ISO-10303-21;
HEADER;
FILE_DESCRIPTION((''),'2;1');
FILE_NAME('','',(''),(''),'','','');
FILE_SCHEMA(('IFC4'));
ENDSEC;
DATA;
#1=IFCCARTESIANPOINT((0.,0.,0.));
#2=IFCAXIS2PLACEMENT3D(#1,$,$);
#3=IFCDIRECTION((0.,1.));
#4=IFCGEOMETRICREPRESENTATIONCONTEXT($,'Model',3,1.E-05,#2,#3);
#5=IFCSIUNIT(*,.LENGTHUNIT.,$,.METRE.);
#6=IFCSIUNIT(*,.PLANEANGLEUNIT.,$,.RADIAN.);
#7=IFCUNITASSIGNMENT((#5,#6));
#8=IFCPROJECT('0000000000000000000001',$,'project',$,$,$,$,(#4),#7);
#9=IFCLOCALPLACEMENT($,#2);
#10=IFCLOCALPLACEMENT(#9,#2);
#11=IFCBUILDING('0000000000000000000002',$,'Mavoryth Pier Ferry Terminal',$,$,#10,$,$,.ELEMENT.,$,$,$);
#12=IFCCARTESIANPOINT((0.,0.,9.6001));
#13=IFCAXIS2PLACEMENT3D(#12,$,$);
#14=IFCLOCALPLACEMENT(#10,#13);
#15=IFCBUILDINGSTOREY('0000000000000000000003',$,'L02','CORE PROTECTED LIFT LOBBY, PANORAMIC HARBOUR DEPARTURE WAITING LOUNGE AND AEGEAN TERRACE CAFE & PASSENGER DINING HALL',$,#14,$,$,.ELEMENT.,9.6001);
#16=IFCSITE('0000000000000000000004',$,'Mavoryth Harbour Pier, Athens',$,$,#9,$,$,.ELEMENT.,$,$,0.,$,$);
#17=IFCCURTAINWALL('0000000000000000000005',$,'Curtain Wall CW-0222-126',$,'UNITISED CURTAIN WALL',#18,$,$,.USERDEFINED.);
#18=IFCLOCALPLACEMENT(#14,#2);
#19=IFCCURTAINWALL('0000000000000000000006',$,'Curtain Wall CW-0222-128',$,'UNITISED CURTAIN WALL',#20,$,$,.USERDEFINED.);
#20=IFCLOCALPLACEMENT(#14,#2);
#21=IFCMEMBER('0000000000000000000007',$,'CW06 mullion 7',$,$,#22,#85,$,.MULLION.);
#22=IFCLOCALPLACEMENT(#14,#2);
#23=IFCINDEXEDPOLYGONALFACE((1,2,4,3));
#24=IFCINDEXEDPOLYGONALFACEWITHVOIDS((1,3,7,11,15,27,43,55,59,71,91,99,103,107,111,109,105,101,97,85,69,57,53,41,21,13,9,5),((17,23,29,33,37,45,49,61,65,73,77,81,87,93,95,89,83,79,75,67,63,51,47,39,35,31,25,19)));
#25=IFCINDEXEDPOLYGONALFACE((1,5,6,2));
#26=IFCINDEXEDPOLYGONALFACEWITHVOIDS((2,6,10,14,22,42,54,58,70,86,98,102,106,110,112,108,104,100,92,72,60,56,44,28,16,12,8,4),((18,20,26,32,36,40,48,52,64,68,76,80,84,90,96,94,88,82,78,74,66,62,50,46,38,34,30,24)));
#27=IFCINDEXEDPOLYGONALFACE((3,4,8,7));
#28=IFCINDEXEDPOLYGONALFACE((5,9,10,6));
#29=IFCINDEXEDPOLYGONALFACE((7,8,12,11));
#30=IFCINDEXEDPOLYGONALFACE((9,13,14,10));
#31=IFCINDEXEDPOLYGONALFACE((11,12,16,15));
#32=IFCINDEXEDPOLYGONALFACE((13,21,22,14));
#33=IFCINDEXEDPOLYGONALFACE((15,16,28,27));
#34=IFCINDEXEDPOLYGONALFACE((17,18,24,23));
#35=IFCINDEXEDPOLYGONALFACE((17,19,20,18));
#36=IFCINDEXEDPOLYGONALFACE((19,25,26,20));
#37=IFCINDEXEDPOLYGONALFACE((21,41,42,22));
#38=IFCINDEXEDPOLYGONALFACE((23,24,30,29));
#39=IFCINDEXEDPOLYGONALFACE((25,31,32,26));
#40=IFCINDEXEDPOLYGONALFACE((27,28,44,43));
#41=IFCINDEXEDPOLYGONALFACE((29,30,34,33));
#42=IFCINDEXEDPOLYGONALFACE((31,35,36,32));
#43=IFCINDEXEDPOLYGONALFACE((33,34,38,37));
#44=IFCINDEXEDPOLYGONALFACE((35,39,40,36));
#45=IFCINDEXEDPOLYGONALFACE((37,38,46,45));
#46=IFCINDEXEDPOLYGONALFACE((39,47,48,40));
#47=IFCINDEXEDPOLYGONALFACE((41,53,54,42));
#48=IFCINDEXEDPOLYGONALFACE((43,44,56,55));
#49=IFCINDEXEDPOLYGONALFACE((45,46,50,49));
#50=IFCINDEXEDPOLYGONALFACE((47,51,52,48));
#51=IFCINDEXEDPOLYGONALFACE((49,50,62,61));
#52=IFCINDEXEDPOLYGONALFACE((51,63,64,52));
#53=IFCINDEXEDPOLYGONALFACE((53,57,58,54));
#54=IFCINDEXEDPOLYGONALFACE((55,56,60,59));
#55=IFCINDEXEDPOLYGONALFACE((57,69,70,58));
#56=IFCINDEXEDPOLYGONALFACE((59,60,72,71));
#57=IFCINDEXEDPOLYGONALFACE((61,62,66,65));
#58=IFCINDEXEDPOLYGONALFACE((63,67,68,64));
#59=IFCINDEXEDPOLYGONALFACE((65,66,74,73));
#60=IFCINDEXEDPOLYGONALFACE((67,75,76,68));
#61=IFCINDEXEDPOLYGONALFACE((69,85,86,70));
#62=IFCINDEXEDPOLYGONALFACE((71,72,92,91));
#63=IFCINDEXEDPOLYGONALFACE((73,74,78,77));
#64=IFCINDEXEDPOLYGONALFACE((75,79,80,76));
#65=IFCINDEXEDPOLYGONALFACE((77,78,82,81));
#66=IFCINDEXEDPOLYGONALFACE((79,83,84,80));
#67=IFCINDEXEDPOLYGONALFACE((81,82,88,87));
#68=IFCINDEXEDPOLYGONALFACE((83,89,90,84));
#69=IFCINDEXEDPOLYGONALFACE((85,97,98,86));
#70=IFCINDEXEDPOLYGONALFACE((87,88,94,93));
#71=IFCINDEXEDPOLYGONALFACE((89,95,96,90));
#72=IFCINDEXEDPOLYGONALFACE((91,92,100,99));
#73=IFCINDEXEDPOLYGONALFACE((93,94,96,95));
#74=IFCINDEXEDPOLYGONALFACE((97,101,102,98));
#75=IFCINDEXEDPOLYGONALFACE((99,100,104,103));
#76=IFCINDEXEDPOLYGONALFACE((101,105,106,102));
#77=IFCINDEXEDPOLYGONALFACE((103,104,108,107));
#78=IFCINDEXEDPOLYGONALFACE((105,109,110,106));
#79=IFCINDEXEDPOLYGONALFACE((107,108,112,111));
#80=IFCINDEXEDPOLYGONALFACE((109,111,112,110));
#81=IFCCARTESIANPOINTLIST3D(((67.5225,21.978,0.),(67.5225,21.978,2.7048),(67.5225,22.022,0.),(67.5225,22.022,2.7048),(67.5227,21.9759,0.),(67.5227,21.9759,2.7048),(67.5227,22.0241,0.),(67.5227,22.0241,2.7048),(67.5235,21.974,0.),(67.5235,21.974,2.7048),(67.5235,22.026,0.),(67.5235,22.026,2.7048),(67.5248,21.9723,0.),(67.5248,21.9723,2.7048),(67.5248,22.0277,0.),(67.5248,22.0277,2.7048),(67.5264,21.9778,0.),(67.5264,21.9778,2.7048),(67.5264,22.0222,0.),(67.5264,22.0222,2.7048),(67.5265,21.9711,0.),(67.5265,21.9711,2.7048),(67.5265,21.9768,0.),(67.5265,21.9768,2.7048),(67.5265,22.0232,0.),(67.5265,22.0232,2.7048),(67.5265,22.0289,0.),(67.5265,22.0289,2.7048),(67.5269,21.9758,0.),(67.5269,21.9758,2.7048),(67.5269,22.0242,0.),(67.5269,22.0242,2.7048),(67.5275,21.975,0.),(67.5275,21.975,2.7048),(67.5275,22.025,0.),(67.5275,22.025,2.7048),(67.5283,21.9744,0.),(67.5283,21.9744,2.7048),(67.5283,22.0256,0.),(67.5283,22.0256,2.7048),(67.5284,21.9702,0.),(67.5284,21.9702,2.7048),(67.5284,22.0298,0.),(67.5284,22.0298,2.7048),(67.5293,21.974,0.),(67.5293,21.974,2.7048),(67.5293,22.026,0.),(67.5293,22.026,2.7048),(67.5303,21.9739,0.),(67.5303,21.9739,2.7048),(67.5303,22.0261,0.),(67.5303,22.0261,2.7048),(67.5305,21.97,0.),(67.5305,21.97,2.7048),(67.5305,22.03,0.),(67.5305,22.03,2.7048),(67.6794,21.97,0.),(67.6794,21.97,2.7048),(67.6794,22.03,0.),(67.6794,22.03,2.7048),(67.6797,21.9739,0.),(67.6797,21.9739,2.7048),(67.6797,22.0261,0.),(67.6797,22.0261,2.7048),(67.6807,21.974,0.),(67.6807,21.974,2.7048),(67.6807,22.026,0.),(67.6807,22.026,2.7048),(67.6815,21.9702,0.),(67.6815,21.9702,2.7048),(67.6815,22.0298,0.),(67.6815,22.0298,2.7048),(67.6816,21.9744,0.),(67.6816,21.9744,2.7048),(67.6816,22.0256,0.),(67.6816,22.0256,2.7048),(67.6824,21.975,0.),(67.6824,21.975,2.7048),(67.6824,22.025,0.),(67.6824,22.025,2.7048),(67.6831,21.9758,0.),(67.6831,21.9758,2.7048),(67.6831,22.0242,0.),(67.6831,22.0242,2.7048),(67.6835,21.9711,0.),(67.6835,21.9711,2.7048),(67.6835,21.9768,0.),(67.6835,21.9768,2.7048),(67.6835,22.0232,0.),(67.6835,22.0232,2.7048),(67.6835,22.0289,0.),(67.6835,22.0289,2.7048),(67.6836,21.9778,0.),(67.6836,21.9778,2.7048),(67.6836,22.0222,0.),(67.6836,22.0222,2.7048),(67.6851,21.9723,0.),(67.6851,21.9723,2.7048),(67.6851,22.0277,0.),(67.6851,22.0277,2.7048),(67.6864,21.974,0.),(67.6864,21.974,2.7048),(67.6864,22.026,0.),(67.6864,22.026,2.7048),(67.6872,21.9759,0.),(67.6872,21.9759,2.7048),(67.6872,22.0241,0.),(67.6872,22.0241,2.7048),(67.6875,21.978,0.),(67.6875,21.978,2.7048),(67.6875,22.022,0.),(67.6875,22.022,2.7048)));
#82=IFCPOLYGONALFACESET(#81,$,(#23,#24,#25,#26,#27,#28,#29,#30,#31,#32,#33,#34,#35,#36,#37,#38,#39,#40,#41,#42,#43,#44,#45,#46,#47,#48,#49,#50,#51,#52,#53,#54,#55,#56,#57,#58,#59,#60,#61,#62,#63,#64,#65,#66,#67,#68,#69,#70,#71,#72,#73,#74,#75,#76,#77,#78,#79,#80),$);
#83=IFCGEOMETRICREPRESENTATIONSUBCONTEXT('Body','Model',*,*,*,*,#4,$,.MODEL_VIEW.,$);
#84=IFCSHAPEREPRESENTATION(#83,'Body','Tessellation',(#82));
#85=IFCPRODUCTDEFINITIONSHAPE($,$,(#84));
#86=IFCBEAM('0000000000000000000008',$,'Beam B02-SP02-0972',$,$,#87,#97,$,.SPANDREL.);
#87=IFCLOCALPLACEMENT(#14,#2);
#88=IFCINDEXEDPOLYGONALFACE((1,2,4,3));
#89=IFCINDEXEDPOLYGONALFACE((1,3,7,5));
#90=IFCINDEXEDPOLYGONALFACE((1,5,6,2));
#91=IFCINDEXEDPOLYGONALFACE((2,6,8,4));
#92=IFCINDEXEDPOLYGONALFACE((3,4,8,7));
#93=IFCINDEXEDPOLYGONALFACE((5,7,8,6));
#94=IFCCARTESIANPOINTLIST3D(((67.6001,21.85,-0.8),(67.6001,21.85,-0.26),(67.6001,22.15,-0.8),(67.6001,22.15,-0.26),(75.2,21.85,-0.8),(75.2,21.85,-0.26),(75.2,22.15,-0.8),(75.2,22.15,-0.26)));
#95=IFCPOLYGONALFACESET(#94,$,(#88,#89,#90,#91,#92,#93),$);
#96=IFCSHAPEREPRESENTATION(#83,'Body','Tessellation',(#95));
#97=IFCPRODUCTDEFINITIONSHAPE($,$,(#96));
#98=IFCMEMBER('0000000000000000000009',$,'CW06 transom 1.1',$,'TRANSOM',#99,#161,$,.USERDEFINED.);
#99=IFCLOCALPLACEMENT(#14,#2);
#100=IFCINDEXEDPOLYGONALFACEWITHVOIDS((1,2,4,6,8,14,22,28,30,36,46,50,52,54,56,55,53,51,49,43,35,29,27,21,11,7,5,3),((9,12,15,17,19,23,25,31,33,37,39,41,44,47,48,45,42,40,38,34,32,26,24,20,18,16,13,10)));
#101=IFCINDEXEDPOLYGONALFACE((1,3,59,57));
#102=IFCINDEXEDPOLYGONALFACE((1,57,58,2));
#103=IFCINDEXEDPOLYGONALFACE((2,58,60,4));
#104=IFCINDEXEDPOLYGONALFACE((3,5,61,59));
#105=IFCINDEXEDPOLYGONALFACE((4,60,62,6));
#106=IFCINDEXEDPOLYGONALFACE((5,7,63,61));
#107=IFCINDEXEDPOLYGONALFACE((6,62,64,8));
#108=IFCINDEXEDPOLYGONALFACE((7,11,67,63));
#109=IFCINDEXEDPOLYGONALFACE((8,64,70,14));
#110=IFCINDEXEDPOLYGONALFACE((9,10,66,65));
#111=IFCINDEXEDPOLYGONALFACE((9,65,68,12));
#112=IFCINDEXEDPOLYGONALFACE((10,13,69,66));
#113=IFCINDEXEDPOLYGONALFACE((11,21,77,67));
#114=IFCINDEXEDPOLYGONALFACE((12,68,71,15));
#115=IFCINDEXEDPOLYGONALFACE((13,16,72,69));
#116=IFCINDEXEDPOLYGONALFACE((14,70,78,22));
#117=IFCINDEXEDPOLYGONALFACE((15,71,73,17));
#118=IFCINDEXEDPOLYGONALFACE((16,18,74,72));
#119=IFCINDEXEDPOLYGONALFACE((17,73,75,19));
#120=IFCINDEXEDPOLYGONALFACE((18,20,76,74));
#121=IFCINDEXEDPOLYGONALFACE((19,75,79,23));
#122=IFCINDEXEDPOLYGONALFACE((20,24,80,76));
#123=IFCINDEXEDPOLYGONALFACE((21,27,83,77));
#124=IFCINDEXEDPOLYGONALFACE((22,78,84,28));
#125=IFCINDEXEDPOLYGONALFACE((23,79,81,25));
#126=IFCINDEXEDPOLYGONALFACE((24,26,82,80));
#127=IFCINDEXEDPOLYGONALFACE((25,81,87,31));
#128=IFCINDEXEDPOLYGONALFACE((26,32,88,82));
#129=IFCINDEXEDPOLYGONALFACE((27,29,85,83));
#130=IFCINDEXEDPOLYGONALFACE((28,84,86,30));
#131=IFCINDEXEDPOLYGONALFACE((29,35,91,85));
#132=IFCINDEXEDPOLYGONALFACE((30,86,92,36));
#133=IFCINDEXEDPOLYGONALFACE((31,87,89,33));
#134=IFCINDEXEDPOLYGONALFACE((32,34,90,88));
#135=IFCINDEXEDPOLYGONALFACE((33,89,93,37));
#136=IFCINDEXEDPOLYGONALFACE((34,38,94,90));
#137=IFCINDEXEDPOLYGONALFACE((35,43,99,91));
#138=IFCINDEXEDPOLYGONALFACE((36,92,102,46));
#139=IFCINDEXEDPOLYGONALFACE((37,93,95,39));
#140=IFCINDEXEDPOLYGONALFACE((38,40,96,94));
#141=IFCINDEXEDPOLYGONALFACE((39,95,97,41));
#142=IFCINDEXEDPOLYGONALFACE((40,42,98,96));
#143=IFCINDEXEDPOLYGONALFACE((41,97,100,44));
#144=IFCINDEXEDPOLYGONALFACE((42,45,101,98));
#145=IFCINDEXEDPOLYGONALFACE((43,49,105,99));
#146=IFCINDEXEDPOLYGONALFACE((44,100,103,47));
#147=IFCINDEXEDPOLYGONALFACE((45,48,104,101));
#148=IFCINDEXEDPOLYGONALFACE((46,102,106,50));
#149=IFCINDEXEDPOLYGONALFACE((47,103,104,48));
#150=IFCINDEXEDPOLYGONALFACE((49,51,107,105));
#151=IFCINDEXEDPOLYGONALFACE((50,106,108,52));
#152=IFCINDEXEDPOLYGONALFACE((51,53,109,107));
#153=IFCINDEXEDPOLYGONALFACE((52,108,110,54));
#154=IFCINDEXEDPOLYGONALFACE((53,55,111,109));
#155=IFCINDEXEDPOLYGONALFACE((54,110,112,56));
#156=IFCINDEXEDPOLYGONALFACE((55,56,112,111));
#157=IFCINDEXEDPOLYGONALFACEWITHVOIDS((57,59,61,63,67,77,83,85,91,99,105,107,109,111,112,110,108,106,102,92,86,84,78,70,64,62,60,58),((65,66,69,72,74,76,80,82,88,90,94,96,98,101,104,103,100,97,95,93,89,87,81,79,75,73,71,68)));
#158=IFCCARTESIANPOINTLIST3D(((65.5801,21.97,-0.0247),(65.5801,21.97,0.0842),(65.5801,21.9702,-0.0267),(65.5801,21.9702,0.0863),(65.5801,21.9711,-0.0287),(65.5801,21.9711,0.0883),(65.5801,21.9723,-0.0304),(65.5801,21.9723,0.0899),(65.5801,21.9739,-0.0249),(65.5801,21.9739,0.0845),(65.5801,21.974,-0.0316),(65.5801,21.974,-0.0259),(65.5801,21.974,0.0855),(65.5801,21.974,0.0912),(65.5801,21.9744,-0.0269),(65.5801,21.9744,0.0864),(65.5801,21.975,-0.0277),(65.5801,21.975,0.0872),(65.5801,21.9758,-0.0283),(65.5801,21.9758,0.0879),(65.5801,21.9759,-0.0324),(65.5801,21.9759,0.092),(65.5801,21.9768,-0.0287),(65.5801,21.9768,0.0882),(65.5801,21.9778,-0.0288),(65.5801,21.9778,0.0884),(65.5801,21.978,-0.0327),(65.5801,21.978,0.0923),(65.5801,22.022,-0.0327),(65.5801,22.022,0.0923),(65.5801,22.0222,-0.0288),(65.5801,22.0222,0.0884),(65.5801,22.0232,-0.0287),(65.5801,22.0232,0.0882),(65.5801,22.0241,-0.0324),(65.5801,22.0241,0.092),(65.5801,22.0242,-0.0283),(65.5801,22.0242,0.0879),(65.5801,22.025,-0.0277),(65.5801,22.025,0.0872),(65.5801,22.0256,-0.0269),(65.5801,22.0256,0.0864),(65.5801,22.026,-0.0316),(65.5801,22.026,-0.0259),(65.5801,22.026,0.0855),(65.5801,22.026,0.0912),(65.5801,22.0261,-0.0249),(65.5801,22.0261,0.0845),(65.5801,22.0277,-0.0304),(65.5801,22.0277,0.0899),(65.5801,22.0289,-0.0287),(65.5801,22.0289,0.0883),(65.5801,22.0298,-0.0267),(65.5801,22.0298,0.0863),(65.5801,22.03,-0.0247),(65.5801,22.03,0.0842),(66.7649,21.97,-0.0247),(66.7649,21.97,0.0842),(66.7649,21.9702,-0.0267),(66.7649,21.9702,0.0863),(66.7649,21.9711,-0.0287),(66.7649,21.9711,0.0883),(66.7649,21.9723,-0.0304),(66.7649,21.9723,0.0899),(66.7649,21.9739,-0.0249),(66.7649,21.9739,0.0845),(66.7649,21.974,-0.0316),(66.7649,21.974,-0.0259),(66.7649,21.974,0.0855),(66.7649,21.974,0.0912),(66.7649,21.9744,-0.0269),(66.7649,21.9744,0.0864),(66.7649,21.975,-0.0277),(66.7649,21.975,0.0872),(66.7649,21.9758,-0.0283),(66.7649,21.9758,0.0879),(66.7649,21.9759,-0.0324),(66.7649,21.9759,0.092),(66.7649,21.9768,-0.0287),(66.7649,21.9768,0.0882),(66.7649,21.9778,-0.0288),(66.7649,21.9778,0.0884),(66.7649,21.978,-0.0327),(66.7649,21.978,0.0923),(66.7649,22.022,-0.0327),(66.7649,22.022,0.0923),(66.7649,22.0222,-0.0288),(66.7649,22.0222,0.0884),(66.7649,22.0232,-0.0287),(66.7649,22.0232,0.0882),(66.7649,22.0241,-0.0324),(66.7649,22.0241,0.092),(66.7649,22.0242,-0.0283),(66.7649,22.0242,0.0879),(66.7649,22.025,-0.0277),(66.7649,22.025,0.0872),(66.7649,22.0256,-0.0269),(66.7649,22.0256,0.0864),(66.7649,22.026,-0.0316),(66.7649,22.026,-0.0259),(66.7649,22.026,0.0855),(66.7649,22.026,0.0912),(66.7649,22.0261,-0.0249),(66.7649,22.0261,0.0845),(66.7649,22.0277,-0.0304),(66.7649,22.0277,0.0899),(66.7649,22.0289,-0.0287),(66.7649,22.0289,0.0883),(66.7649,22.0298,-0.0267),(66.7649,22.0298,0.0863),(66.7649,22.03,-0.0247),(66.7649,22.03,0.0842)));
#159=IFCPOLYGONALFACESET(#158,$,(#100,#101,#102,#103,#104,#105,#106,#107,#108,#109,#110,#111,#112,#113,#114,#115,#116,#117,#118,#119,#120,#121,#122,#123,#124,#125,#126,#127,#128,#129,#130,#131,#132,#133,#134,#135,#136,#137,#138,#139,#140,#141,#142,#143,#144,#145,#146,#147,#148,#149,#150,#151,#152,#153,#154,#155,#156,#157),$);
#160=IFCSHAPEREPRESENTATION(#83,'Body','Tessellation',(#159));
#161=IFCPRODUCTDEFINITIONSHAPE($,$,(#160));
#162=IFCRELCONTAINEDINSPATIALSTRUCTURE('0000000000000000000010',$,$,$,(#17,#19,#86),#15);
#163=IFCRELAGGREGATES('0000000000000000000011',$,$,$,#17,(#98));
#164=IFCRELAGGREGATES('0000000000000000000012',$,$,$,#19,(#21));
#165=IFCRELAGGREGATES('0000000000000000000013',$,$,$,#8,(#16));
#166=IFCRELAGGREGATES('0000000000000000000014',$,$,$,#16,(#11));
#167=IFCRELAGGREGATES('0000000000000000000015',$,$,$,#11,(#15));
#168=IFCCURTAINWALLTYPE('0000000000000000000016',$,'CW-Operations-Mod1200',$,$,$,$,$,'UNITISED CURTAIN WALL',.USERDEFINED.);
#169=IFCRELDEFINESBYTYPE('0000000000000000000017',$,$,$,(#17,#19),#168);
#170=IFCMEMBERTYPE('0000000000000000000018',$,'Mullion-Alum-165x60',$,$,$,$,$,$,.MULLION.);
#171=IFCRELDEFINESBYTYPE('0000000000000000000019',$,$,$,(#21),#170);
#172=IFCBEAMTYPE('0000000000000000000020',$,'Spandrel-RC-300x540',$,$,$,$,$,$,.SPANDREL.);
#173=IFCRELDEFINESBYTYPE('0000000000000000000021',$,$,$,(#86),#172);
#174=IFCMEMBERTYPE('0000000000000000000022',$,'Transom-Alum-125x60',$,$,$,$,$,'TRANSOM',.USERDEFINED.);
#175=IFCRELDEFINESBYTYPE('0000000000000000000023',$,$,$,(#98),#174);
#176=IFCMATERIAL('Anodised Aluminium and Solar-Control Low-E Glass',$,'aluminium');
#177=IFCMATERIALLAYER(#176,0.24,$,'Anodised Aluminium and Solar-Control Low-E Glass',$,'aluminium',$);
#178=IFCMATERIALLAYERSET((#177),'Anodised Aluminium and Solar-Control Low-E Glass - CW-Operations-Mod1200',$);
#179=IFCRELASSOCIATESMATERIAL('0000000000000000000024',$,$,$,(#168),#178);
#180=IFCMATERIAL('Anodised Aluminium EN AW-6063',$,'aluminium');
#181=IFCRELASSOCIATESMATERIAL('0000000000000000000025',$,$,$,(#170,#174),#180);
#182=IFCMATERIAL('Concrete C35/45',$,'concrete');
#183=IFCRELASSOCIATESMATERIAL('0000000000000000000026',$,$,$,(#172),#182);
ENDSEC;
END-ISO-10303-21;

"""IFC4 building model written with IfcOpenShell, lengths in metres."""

from ifc_helpers import new_model, si_unit, direction, frame, origin, origin_2d, place, context, subcontext, project, spatial, rectangle, hollow_rectangle, extrude, material, layer, layer_set, material_profile, profile_set, type_object, element, aggregate, save


model = new_model("IFC4")

# Units and contexts
model_context = context("Model", 3, precision=1e-05, world=origin(), true_north=direction((0.0, 1.0)))
body_context = subcontext(model_context, "Body", "Model", "MODEL_VIEW")
ifc_project = project(units=[si_unit("LENGTHUNIT", "METRE"), si_unit("PLANEANGLEUNIT", "RADIAN")], contexts=[model_context])

# Site, building, storey
site_placement = place(None, origin())
site = spatial("IfcSite", under=ifc_project, at=site_placement, Name="Mavoryth Harbour Pier, Athens", CompositionType="ELEMENT", RefElevation=0.0)
building_placement = place(site_placement, origin())
building = spatial("IfcBuilding", under=site, at=building_placement, Name="Mavoryth Pier Ferry Terminal", CompositionType="ELEMENT")
storey_placement = place(building_placement, frame((0.0, 0.0, 9.6001)))
storey = spatial("IfcBuildingStorey", under=building, at=storey_placement, Name="L02", Description="CORE PROTECTED LIFT LOBBY, PANORAMIC HARBOUR DEPARTURE WAITING LOUNGE AND AEGEAN TERRACE CAFE & PASSENGER DINING HALL", CompositionType="ELEMENT", Elevation=9.6001)

# Shared definitions
ifc_material_1 = material(Name="Concrete C35/45", Category="concrete")

# Curtain wall
ifc_material_2 = material(Name="Anodised Aluminium and Solar-Control Low-E Glass", Category="aluminium")
ifc_layer_1 = layer(ifc_material_2, 0.24, Name="Anodised Aluminium and Solar-Control Low-E Glass", Category="aluminium")
ifc_layer_set_1 = layer_set([ifc_layer_1], Name="Anodised Aluminium and Solar-Control Low-E Glass - CW-Operations-Mod1200")
curtain_wall_type = type_object("IfcCurtainWallType", Name="CW-Operations-Mod1200", ElementType="UNITISED CURTAIN WALL", PredefinedType="USERDEFINED", material=ifc_layer_set_1)
curtain_wall_1_placement = place(storey_placement, origin())
curtain_wall_1 = element("IfcCurtainWall", 1, at=curtain_wall_1_placement, inside=storey, type_object=curtain_wall_type, Name="Curtain Wall CW-0222-126", ObjectType="UNITISED CURTAIN WALL", PredefinedType="USERDEFINED")
ifc_material_3 = material(Name="Anodised Aluminium EN AW-6063", Category="aluminium")
ifc_material_profile_1 = material_profile(ifc_material_3, hollow_rectangle(XDim=0.0601, YDim=0.165, WallThickness=0.0039, InnerFilletRadius=0.0039, OuterFilletRadius=0.0081, at=origin_2d()), Name="AL-MULL 165x60x4", Category="aluminium")
ifc_profile_set_1 = profile_set([ifc_material_profile_1], Name="Anodised Aluminium EN AW-6063 - AL-MULL 165x60x4")
member_type_1 = type_object("IfcMemberType", Name="Mullion-Alum-165x60", PredefinedType="MULLION", material=ifc_profile_set_1)

# Curtain wall, member
curtain_wall_2_placement = place(storey_placement, origin())
curtain_wall_2 = element("IfcCurtainWall", 2, at=curtain_wall_2_placement, inside=storey, type_object=curtain_wall_type, Name="Curtain Wall CW-0222-128", ObjectType="UNITISED CURTAIN WALL", PredefinedType="USERDEFINED")
member_1_placement = place(storey_placement, frame((67.605, 22.0, 0.0), z_axis=(0.0, 0.0, 1.0), x_axis=(0.0, -1.0, 0.0)))
member_1 = element("IfcMember", 3, at=member_1_placement, type_object=member_type_1, Name="CW06 mullion 7", PredefinedType="MULLION", context=body_context, shape_type="SweptSolid", body=[
    extrude(hollow_rectangle(XDim=0.0601, YDim=0.165, WallThickness=0.0039, InnerFilletRadius=0.0039, OuterFilletRadius=0.0081, at=origin_2d()), origin(), (0.0, 0.0, 1.0), 2.7048),
])

# Beam
ifc_material_profile_2 = material_profile(ifc_material_1, rectangle(XDim=0.3, YDim=0.54, at=origin_2d()), Name="RC 300x540", Category="concrete")
ifc_profile_set_2 = profile_set([ifc_material_profile_2], Name="Concrete C35/45 - RC 300x540")
beam_type_1 = type_object("IfcBeamType", Name="Spandrel-RC-300x540", PredefinedType="SPANDREL", material=ifc_profile_set_2)
beam_1_placement = place(storey_placement, frame((67.6001, 22.0, -0.53), z_axis=(1.0, 0.0, 0.0), x_axis=(0.0, 1.0, 0.0)))
element("IfcBeam", 4, at=beam_1_placement, inside=storey, type_object=beam_type_1, Name="Beam B02-SP02-0972", PredefinedType="SPANDREL", context=body_context, shape_type="SweptSolid", body=[
    extrude(rectangle(XDim=0.3, YDim=0.54, at=origin_2d()), origin(), (0.0, 0.0, 1.0), 7.5999),
])

# Member
ifc_material_profile_3 = material_profile(ifc_material_3, hollow_rectangle(XDim=0.0601, YDim=0.125, WallThickness=0.0039, InnerFilletRadius=0.0039, OuterFilletRadius=0.0081, at=origin_2d()), Name="AL-TRAN 125x60x4", Category="aluminium")
ifc_profile_set_3 = profile_set([ifc_material_profile_3], Name="Anodised Aluminium EN AW-6063 - AL-TRAN 125x60x4")
member_type_2 = type_object("IfcMemberType", Name="Transom-Alum-125x60", ElementType="TRANSOM", PredefinedType="USERDEFINED", material=ifc_profile_set_3)
member_2_placement = place(storey_placement, frame((66.7649, 22.0, 0.0298), z_axis=(-1.0, 0.0, 0.0), x_axis=(0.0, -1.0, 0.0)))
member_2 = element("IfcMember", 5, at=member_2_placement, type_object=member_type_2, Name="CW06 transom 1.1", ObjectType="TRANSOM", PredefinedType="USERDEFINED", context=body_context, shape_type="SweptSolid", body=[
    extrude(hollow_rectangle(XDim=0.0601, YDim=0.125, WallThickness=0.0039, InnerFilletRadius=0.0039, OuterFilletRadius=0.0081, at=origin_2d()), origin(), (0.0, 0.0, 1.0), 1.1848),
])

aggregate(curtain_wall_1, [member_2])
aggregate(curtain_wall_2, [member_1])

save(model, "model.ifc")
